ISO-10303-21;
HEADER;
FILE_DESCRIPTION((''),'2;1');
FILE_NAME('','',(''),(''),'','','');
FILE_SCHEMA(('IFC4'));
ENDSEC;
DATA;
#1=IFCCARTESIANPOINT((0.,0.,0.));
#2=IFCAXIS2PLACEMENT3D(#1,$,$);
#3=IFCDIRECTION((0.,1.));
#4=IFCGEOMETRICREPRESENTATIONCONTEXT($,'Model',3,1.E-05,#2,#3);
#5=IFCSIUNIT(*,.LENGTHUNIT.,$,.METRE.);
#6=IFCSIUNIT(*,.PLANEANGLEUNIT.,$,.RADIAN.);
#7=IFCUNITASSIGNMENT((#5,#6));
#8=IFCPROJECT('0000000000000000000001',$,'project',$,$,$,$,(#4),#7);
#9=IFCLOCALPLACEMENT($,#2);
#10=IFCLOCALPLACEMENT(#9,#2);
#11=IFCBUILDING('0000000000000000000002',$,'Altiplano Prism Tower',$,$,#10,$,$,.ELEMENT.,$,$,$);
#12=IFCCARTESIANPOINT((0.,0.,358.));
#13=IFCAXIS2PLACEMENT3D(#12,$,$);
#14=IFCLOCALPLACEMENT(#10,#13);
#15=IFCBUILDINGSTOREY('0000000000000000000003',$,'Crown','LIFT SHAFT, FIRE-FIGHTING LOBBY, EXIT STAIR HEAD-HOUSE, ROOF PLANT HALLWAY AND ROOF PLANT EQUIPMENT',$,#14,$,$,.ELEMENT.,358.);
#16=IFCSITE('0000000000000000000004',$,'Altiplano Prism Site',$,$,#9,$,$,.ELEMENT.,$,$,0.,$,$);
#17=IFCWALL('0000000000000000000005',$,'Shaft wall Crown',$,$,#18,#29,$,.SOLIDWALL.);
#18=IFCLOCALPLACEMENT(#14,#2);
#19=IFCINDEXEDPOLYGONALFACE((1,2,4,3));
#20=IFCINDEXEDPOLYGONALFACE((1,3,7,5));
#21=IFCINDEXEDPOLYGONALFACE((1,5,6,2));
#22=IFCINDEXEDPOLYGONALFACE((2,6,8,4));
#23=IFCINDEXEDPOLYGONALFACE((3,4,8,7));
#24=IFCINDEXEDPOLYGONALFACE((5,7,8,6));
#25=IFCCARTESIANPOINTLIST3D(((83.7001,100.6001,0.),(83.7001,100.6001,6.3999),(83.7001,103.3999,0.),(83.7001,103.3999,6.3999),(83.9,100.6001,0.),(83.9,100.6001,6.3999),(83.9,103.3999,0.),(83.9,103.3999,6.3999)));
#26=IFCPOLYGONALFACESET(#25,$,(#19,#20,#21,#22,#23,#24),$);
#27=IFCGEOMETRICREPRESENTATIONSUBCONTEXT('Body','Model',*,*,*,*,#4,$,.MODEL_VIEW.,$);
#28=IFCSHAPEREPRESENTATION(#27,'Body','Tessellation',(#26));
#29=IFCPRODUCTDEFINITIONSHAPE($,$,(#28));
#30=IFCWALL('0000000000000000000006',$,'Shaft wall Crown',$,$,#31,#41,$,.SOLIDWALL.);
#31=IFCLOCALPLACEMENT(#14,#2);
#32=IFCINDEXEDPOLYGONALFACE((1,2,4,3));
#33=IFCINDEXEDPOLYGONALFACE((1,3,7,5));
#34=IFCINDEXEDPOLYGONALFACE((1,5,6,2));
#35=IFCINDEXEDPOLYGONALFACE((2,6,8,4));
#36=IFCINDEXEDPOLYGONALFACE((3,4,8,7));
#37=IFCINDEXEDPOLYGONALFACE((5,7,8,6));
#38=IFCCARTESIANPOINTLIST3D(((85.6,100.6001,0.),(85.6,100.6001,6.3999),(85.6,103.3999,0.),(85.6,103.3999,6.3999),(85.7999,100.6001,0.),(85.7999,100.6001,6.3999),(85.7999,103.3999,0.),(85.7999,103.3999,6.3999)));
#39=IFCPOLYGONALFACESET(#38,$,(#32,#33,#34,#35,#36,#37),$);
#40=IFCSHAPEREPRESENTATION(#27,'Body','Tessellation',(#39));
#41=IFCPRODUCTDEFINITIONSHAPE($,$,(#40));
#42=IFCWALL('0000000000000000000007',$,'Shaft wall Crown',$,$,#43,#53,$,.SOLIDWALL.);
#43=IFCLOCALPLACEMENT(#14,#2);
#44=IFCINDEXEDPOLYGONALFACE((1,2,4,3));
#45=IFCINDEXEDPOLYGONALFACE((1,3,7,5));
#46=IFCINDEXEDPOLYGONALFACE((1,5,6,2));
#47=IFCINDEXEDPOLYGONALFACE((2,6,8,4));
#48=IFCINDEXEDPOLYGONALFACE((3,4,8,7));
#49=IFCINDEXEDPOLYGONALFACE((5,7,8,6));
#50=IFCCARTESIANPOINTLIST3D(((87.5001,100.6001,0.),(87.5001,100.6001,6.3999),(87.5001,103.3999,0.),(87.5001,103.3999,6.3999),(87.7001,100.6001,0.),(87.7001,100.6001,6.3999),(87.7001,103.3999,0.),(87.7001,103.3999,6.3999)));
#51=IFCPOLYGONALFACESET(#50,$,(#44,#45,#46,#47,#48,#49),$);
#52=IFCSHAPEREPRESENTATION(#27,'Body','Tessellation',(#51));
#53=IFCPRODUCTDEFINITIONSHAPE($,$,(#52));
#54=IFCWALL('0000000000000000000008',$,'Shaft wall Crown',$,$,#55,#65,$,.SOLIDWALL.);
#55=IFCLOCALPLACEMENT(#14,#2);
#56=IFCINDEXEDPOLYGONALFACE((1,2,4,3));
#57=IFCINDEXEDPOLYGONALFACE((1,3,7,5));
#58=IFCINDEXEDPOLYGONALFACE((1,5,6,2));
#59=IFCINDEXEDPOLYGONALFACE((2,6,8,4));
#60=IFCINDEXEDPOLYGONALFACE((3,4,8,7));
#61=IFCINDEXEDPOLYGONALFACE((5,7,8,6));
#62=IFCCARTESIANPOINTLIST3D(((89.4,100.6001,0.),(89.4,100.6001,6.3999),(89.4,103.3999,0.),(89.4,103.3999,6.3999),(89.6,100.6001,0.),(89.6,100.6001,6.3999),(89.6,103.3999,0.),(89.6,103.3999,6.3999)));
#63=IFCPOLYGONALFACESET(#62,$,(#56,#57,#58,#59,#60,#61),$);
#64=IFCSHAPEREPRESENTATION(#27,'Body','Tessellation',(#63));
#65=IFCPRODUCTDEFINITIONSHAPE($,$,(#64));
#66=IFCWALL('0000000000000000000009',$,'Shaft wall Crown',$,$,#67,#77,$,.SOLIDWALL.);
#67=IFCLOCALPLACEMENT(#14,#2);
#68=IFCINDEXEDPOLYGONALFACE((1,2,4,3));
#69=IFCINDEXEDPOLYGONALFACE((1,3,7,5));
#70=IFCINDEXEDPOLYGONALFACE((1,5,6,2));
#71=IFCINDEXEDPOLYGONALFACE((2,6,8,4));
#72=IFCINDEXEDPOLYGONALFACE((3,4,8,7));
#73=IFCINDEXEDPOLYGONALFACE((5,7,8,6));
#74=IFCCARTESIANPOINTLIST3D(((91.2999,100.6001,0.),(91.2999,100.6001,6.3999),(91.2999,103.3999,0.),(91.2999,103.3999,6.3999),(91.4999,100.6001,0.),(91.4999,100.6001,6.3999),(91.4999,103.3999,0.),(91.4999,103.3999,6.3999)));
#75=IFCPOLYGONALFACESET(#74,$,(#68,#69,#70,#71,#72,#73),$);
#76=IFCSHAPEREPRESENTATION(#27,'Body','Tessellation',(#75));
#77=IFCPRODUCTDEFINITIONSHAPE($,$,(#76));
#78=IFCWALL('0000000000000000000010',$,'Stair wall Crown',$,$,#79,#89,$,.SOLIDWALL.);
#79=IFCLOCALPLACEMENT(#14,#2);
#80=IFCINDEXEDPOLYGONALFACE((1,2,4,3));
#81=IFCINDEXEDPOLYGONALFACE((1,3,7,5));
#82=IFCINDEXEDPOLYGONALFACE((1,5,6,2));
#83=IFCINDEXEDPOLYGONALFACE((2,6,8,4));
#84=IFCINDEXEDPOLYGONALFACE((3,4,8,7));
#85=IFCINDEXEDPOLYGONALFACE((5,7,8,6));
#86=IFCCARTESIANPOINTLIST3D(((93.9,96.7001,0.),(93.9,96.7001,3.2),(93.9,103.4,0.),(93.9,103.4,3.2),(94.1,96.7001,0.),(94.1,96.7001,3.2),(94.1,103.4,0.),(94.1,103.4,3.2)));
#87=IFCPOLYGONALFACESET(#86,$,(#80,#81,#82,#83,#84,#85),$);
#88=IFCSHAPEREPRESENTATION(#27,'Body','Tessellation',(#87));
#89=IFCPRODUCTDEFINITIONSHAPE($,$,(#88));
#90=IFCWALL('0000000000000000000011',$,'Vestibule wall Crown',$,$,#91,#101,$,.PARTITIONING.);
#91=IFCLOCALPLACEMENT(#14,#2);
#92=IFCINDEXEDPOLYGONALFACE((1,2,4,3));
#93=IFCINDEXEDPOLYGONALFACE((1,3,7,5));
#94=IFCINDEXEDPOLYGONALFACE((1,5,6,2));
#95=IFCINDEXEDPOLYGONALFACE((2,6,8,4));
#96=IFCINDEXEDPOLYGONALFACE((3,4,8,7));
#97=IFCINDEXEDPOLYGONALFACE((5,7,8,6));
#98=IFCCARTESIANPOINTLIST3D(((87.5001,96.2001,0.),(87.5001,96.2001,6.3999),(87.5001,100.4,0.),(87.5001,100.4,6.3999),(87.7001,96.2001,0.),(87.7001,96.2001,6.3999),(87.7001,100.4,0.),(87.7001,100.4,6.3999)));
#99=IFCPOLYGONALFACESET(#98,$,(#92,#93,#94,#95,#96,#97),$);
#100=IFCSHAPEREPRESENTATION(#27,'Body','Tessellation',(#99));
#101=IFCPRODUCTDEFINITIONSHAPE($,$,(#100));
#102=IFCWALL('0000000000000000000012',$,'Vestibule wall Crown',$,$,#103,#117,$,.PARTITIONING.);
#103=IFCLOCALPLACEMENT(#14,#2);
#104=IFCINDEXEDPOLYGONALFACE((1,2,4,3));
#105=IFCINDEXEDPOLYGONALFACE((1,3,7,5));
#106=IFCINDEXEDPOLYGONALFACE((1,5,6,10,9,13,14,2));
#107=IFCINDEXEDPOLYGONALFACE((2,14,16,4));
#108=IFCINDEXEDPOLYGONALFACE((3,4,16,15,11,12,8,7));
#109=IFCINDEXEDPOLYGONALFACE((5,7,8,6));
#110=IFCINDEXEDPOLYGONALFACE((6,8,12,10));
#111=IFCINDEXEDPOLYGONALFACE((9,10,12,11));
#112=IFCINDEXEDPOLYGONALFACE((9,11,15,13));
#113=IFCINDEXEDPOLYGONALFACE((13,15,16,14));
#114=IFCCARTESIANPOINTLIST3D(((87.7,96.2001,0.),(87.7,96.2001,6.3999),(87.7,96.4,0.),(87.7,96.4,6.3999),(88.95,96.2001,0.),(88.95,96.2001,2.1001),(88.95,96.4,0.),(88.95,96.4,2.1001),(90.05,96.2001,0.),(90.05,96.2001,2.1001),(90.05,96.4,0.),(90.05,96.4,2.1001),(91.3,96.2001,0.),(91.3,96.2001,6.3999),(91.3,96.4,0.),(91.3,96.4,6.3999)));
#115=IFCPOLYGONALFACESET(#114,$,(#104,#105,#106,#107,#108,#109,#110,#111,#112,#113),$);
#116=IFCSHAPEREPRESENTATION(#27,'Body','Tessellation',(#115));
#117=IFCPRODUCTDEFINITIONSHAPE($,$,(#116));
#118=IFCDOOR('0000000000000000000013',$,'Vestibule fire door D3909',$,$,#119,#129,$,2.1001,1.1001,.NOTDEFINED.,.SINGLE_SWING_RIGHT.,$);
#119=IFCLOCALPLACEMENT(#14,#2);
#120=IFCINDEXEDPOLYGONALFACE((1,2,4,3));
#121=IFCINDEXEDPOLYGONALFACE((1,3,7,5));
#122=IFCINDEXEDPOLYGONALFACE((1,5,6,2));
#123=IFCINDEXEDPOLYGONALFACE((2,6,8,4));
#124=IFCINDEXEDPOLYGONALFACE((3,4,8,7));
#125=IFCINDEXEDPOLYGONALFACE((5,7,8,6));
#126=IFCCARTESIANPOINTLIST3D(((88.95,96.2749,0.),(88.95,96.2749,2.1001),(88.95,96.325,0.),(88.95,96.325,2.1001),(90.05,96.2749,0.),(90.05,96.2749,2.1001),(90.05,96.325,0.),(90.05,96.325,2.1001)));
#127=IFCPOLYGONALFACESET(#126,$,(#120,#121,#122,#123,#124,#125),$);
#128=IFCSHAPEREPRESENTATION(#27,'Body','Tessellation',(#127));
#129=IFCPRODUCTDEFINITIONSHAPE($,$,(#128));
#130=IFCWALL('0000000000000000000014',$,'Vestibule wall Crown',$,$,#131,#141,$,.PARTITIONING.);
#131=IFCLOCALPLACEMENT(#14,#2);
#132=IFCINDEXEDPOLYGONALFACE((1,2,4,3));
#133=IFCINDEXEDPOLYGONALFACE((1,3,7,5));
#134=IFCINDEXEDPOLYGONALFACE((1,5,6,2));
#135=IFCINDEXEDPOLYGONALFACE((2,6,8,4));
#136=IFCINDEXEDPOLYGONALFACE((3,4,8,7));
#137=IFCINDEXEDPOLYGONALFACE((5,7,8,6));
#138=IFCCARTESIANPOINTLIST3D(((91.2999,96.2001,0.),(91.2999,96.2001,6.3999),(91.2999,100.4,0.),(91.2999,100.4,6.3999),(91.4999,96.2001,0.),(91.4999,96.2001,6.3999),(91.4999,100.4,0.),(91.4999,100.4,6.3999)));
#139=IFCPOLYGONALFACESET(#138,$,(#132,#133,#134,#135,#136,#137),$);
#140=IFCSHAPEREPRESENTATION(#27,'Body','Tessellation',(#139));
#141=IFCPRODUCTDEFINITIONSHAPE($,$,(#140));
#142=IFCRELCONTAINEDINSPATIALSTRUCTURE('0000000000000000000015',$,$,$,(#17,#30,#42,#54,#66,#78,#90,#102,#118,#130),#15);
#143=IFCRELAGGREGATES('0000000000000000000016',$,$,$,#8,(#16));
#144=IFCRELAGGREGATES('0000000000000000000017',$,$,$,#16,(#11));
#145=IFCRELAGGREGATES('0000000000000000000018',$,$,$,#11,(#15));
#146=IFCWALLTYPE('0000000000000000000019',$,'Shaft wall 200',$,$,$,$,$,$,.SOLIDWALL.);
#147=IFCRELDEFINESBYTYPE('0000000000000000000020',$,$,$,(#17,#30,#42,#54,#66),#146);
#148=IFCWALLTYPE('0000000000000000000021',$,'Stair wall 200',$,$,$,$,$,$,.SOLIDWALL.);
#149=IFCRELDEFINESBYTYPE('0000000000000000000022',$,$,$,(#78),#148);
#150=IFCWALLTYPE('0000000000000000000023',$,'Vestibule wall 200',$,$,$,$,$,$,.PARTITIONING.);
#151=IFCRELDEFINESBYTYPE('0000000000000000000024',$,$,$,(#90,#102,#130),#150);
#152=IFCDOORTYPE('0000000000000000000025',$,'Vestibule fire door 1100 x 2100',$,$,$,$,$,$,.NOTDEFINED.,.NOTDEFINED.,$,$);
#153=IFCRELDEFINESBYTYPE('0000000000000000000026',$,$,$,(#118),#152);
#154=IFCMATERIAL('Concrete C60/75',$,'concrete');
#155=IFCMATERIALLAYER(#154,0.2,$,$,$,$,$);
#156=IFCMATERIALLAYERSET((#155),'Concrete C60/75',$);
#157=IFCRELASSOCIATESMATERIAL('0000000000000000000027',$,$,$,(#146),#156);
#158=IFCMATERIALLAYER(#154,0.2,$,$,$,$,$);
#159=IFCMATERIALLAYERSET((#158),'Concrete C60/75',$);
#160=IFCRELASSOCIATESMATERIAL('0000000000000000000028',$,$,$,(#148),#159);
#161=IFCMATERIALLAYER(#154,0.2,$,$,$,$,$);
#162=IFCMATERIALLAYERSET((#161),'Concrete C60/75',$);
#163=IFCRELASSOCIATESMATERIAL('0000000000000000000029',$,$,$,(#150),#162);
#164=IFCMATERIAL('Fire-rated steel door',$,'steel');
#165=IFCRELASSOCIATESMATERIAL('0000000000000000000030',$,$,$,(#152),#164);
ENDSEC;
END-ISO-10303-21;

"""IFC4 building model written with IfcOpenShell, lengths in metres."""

from ifc_helpers import new_model, si_unit, direction, frame, frame_2d, origin, place, context, subcontext, project, spatial, rectangle, extrude, material, layer, layer_set, type_object, element, fill, save


model = new_model("IFC4")

# Units and contexts
model_context = context("Model", 3, precision=1e-05, world=origin(), true_north=direction((0.0, 1.0)))
body_context = subcontext(model_context, "Body", "Model", "MODEL_VIEW")
ifc_project = project(units=[si_unit("LENGTHUNIT", "METRE"), si_unit("PLANEANGLEUNIT", "RADIAN")], contexts=[model_context])

# Site, building, storey
site_placement = place(None, origin())
site = spatial("IfcSite", under=ifc_project, at=site_placement, Name="Altiplano Prism Site", CompositionType="ELEMENT", RefElevation=0.0)
building_placement = place(site_placement, origin())
building = spatial("IfcBuilding", under=site, at=building_placement, Name="Altiplano Prism Tower", CompositionType="ELEMENT")
storey_placement = place(building_placement, frame((0.0, 0.0, 358.0)))
storey = spatial("IfcBuildingStorey", under=building, at=storey_placement, Name="Crown", Description="LIFT SHAFT, FIRE-FIGHTING LOBBY, EXIT STAIR HEAD-HOUSE, ROOF PLANT HALLWAY AND ROOF PLANT EQUIPMENT", CompositionType="ELEMENT", Elevation=358.0)

# Walls
ifc_material_1 = material(Name="Concrete C60/75", Category="concrete")
ifc_layer_1 = layer(ifc_material_1, 0.2)
ifc_layer_set_1 = layer_set([ifc_layer_1], Name="Concrete C60/75")
wall_type_1 = type_object("IfcWallType", Name="Shaft wall 200", PredefinedType="SOLIDWALL", material=ifc_layer_set_1)
for number, where, z_axis, x_axis, name in (
    (1, (83.8, 100.6001, 0.0), (0.0, 0.0, 1.0), (0.0, 1.0, 0.0), "Shaft wall Crown"),
    (2, (85.7, 100.6001, 0.0), (0.0, 0.0, 1.0), (0.0, 1.0, 0.0), "Shaft wall Crown"),
    (3, (87.6001, 100.6001, 0.0), (0.0, 0.0, 1.0), (0.0, 1.0, 0.0), "Shaft wall Crown"),
    (4, (89.5, 100.6001, 0.0), (0.0, 0.0, 1.0), (0.0, 1.0, 0.0), "Shaft wall Crown"),
    (5, (91.3999, 100.6001, 0.0), (0.0, 0.0, 1.0), (0.0, 1.0, 0.0), "Shaft wall Crown"),
):
    element("IfcWall", number, at=place(storey_placement, frame(where, z_axis=z_axis, x_axis=x_axis)), inside=storey, type_object=wall_type_1, Name=name, PredefinedType="SOLIDWALL", context=body_context, shape_type="SweptSolid", body=[
        extrude(rectangle(XDim=2.7998, YDim=0.2, at=frame_2d((1.3999, 0.0))), origin(), (0.0, 0.0, 1.0), 6.3999),
    ])
ifc_layer_2 = layer(ifc_material_1, 0.2)
ifc_layer_set_2 = layer_set([ifc_layer_2], Name="Concrete C60/75")
wall_type_2 = type_object("IfcWallType", Name="Stair wall 200", PredefinedType="SOLIDWALL", material=ifc_layer_set_2)
wall_1_placement = place(storey_placement, frame((94.0, 96.7, 0.0), z_axis=(0.0, 0.0, 1.0), x_axis=(0.0, 1.0, 0.0)))
element("IfcWall", 6, at=wall_1_placement, inside=storey, type_object=wall_type_2, Name="Stair wall Crown", PredefinedType="SOLIDWALL", context=body_context, shape_type="SweptSolid", body=[
    extrude(rectangle(XDim=6.7, YDim=0.2, at=frame_2d((3.3501, 0.0))), origin(), (0.0, 0.0, 1.0), 3.2),
])
ifc_layer_3 = layer(ifc_material_1, 0.2)
ifc_layer_set_3 = layer_set([ifc_layer_3], Name="Concrete C60/75")
wall_type_3 = type_object("IfcWallType", Name="Vestibule wall 200", PredefinedType="PARTITIONING", material=ifc_layer_set_3)
wall_2_placement = place(storey_placement, frame((87.6001, 96.2, 0.0), z_axis=(0.0, 0.0, 1.0), x_axis=(0.0, 1.0, 0.0)))
element("IfcWall", 7, at=wall_2_placement, inside=storey, type_object=wall_type_3, Name="Vestibule wall Crown", PredefinedType="PARTITIONING", context=body_context, shape_type="SweptSolid", body=[
    extrude(rectangle(XDim=4.2, YDim=0.2, at=frame_2d((2.1001, 0.0))), origin(), (0.0, 0.0, 1.0), 6.3999),
])

# Wall, opening, door
wall_3_placement = place(storey_placement, frame((87.7, 96.3, 0.0), z_axis=(0.0, 0.0, 1.0), x_axis=(1.0, 0.0, 0.0)))
wall_3 = element("IfcWall", 8, at=wall_3_placement, inside=storey, type_object=wall_type_3, Name="Vestibule wall Crown", PredefinedType="PARTITIONING", context=body_context, shape_type="SweptSolid", body=[
    extrude(rectangle(XDim=3.6001, YDim=0.2, at=frame_2d((1.8, 0.0))), origin(), (0.0, 0.0, 1.0), 6.3999),
])
opening_placement = place(wall_3_placement, frame((1.25, 0.0, 0.0)))
opening = element("IfcOpeningElement", 9, at=opening_placement, cuts=wall_3, PredefinedType="OPENING", context=body_context, shape_type="SweptSolid", body=[
    extrude(rectangle(XDim=1.1001, YDim=2.1001, at=frame_2d((0.55, 1.05))), frame((0.0, 0.1104, 0.0), z_axis=(0.0, -1.0, 0.0), x_axis=(1.0, 0.0, 0.0)), (0.0, 0.0, 1.0), 0.2209),
])
ifc_material_2 = material(Name="Fire-rated steel door", Category="steel")
door_type = type_object("IfcDoorType", Name="Vestibule fire door 1100 x 2100", OperationType="NOTDEFINED", PredefinedType="NOTDEFINED", material=ifc_material_2)
door_placement = place(opening_placement, origin())
door = element("IfcDoor", 10, at=door_placement, inside=storey, type_object=door_type, Name="Vestibule fire door D3909", OperationType="SINGLE_SWING_RIGHT", OverallHeight=2.1001, OverallWidth=1.1001, PredefinedType="NOTDEFINED", context=body_context, shape_type="SweptSolid", body=[
    extrude(rectangle(XDim=1.1001, YDim=2.1001, at=frame_2d((0.55, 1.05))), frame((0.0, 0.0249, 0.0), z_axis=(0.0, -1.0, 0.0), x_axis=(1.0, 0.0, 0.0)), (0.0, 0.0, 1.0), 0.05),
])
fill(opening, door)

# Wall
wall_4_placement = place(storey_placement, frame((91.3999, 96.2, 0.0), z_axis=(0.0, 0.0, 1.0), x_axis=(0.0, 1.0, 0.0)))
element("IfcWall", 11, at=wall_4_placement, inside=storey, type_object=wall_type_3, Name="Vestibule wall Crown", PredefinedType="PARTITIONING", context=body_context, shape_type="SweptSolid", body=[
    extrude(rectangle(XDim=4.2, YDim=0.2, at=frame_2d((2.1001, 0.0))), origin(), (0.0, 0.0, 1.0), 6.3999),
])

save(model, "model.ifc")
